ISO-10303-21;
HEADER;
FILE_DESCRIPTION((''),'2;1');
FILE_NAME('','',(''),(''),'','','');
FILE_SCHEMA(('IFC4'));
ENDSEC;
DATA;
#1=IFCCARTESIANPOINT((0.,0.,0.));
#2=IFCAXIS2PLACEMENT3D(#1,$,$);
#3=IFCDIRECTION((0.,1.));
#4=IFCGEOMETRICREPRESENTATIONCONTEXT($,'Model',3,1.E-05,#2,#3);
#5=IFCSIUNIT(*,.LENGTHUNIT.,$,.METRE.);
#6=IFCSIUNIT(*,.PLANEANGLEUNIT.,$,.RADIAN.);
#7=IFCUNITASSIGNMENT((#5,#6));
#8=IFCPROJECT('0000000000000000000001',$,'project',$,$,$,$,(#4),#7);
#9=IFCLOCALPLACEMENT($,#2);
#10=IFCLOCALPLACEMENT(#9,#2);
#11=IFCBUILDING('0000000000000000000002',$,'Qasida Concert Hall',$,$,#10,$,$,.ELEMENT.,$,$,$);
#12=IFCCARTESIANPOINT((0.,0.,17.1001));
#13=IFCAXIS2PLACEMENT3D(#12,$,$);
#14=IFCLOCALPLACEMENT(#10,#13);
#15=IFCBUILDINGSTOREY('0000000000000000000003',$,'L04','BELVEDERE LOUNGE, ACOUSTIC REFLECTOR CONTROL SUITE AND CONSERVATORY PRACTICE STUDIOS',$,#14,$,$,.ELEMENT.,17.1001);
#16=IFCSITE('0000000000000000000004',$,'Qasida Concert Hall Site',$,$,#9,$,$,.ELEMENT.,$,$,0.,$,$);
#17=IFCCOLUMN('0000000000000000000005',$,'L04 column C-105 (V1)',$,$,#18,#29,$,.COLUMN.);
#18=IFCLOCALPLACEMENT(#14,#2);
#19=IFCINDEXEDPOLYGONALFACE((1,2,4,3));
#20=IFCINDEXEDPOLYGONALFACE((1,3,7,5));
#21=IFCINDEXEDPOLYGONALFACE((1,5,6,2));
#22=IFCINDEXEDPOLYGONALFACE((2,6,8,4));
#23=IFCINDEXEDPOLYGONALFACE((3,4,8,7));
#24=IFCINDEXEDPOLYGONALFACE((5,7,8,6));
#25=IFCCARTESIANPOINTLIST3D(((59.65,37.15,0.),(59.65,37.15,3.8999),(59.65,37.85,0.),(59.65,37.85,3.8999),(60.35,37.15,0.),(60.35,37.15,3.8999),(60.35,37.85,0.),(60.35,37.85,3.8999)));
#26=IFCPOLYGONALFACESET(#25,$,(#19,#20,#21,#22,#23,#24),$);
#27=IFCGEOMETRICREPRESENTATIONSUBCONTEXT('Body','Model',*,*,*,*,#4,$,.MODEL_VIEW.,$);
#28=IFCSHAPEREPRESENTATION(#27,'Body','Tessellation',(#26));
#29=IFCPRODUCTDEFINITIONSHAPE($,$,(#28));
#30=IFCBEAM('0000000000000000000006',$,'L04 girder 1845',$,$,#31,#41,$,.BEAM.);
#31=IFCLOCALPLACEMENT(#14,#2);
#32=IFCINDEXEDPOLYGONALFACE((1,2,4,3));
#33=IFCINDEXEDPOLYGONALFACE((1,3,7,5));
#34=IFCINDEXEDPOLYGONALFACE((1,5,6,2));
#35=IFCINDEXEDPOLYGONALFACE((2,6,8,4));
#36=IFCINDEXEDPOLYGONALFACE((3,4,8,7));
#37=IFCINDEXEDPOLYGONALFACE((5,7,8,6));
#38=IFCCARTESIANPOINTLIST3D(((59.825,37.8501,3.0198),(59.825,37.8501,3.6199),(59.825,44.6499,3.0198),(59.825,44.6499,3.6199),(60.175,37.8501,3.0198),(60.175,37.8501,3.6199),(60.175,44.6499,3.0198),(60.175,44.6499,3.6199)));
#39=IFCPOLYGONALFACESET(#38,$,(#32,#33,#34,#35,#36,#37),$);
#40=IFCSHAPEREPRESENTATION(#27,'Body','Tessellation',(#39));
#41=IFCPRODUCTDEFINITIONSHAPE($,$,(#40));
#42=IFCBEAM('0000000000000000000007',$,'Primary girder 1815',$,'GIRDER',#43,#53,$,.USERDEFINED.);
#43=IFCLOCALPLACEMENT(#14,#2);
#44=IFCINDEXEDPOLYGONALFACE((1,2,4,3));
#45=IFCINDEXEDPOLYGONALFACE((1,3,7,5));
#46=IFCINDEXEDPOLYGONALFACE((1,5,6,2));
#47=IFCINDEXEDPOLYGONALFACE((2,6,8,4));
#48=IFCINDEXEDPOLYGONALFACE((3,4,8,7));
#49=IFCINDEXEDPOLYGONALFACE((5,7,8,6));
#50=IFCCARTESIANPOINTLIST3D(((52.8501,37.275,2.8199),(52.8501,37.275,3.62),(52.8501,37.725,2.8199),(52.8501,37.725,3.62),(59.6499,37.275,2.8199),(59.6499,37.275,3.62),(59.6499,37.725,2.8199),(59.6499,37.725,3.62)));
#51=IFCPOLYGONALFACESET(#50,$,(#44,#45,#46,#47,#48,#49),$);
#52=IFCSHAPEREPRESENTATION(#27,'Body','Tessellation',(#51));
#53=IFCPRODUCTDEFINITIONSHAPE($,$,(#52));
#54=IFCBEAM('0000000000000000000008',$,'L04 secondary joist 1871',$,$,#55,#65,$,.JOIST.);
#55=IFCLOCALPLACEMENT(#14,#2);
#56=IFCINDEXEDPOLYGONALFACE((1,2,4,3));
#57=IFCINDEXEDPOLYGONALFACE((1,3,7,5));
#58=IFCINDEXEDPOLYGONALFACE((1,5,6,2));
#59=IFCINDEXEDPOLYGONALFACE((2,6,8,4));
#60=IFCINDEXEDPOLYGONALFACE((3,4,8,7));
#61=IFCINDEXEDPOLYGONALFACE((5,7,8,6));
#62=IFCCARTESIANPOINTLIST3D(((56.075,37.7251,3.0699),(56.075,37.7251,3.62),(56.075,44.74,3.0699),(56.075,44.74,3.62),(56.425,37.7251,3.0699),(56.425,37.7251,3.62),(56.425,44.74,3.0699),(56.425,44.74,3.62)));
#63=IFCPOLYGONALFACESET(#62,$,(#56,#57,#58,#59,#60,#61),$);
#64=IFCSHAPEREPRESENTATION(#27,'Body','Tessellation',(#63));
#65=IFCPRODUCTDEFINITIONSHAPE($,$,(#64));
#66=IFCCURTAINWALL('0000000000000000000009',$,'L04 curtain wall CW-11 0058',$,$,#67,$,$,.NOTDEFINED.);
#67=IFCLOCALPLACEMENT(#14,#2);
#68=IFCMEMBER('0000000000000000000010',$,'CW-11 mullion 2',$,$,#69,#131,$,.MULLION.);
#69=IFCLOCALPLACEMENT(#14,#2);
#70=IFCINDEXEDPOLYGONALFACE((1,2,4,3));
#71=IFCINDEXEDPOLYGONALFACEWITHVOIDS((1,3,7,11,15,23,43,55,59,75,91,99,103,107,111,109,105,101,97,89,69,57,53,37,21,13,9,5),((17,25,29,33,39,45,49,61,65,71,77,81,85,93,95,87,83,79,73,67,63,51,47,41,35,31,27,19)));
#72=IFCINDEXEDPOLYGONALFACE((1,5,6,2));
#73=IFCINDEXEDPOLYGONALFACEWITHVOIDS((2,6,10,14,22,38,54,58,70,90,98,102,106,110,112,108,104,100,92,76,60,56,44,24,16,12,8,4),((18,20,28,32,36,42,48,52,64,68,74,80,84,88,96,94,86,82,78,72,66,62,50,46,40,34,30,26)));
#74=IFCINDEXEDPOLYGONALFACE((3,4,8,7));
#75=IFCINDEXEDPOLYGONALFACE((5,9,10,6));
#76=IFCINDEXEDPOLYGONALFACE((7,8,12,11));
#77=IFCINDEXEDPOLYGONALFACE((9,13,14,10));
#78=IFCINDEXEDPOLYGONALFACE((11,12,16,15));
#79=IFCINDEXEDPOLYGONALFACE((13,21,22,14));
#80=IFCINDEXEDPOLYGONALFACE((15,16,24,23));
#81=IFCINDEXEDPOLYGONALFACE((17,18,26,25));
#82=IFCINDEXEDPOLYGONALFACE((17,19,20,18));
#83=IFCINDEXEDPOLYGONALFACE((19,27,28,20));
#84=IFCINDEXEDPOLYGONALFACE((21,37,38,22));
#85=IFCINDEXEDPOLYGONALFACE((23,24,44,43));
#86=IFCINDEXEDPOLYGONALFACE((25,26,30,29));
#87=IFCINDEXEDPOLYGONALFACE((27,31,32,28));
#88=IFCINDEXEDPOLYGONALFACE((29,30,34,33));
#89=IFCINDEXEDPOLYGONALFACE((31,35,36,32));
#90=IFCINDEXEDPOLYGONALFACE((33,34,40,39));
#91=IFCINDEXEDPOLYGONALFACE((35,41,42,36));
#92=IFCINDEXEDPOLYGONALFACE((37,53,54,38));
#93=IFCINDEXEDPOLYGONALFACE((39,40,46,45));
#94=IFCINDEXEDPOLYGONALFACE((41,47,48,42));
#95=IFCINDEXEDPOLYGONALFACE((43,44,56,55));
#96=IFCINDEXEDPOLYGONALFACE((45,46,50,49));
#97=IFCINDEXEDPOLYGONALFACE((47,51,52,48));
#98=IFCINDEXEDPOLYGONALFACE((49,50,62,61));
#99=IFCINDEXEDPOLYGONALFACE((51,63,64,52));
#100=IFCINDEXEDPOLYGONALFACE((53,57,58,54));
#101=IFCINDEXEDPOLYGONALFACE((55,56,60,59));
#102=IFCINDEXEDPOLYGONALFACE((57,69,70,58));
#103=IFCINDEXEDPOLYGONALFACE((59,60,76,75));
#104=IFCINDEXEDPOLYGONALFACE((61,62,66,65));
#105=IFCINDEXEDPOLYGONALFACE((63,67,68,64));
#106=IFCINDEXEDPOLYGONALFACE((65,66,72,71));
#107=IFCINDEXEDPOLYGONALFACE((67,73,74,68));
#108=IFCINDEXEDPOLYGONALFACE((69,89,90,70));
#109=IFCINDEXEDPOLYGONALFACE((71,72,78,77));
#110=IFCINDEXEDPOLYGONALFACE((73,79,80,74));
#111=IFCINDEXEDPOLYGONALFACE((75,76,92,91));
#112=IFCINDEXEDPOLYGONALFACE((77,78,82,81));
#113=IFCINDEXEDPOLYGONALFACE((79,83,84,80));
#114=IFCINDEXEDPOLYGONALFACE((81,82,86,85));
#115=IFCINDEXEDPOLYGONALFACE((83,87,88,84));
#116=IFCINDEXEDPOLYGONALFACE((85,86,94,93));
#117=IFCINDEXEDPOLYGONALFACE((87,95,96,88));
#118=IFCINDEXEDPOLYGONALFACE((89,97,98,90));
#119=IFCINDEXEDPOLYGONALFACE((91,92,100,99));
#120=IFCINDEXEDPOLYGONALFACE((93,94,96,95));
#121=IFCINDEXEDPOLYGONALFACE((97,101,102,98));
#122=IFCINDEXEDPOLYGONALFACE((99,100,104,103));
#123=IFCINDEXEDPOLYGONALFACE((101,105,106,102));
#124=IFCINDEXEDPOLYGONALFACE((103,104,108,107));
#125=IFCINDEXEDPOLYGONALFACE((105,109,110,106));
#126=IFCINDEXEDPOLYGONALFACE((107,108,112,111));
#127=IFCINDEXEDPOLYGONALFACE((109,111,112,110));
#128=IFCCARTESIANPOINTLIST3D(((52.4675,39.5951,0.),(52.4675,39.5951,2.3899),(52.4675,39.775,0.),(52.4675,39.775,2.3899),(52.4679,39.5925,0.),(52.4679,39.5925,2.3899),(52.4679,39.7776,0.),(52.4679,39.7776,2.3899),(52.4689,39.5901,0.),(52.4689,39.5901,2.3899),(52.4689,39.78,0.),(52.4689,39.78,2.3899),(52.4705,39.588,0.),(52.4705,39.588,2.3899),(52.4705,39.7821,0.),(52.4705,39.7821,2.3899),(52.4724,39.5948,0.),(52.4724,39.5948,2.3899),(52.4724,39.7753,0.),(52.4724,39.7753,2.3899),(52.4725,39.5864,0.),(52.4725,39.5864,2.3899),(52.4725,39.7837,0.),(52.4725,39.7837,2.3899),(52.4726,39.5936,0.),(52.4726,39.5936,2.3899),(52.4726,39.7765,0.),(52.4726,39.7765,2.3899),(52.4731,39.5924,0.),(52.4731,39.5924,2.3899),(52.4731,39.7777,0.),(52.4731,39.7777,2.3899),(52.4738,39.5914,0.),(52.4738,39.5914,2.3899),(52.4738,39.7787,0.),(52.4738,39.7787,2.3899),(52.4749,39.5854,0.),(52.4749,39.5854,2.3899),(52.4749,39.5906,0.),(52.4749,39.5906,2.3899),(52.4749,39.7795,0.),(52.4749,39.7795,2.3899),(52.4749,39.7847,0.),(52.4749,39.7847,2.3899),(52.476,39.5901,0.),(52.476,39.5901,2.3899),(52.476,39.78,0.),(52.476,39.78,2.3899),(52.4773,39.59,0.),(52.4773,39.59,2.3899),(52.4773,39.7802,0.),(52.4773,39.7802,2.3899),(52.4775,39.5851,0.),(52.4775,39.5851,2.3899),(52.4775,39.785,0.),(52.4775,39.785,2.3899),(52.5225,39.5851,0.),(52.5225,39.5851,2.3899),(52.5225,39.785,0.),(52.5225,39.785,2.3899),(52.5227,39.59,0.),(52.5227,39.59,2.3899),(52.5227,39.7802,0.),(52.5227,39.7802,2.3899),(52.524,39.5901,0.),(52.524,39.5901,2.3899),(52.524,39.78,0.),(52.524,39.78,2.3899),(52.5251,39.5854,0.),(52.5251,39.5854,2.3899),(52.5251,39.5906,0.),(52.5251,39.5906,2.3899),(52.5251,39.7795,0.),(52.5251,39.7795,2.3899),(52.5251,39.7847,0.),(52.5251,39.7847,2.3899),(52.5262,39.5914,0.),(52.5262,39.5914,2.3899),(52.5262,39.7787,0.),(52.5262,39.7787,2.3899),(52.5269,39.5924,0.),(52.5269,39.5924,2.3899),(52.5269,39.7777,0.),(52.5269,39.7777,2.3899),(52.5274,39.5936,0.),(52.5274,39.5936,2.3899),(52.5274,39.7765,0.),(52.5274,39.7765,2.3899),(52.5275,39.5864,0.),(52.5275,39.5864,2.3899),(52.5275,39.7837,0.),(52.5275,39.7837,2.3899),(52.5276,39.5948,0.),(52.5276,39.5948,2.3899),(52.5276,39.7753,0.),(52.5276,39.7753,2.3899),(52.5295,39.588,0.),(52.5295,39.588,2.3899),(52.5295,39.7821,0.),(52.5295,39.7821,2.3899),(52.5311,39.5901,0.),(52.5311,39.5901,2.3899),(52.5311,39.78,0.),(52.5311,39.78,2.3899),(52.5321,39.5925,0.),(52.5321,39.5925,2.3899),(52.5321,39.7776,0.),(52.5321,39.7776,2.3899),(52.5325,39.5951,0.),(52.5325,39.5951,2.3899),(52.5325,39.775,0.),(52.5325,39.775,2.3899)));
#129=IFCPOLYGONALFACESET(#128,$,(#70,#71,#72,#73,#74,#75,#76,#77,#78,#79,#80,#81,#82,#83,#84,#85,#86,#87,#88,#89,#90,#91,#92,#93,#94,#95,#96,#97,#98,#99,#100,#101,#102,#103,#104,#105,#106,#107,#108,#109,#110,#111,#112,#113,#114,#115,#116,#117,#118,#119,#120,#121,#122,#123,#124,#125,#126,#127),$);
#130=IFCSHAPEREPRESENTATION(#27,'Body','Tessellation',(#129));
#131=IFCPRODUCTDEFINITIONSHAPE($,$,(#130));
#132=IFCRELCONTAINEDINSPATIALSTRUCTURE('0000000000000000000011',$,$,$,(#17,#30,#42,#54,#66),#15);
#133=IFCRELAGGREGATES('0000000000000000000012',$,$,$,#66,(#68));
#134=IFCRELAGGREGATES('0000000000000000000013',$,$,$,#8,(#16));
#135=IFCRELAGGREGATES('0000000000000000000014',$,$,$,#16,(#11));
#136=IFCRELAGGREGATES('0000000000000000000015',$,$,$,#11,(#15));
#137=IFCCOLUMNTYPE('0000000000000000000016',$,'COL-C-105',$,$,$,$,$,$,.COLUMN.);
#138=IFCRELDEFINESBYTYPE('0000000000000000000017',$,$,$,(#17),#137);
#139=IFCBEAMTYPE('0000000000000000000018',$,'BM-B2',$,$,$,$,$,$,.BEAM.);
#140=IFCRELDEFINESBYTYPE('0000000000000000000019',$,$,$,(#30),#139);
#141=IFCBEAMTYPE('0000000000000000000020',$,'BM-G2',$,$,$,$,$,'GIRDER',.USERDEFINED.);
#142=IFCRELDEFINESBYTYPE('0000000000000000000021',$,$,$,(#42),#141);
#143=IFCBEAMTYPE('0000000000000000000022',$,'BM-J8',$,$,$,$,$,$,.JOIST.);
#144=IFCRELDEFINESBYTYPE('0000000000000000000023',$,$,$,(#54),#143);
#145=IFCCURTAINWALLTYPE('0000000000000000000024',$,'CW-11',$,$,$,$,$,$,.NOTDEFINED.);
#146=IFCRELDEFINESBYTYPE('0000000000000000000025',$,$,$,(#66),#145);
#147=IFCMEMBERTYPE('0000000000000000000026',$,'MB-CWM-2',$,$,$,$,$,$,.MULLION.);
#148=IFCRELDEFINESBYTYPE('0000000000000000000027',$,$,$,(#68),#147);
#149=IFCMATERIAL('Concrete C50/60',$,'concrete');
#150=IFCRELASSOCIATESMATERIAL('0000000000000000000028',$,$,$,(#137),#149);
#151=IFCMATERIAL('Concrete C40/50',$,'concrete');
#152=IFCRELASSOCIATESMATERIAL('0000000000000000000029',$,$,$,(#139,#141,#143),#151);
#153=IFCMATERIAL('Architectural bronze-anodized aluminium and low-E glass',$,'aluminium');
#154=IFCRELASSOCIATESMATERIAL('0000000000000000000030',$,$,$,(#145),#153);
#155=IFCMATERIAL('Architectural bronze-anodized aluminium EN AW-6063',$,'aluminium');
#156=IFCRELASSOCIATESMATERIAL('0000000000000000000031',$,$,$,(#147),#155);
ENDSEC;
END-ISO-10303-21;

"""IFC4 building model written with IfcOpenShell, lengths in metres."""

from ifc_helpers import new_model, si_unit, direction, frame, origin, origin_2d, place, context, subcontext, project, spatial, rectangle, hollow_rectangle, extrude, material, material_profile, profile_set, type_object, element, aggregate, save


model = new_model("IFC4")

# Units and contexts
model_context = context("Model", 3, precision=1e-05, world=origin(), true_north=direction((0.0, 1.0)))
body_context = subcontext(model_context, "Body", "Model", "MODEL_VIEW")
ifc_project = project(units=[si_unit("LENGTHUNIT", "METRE"), si_unit("PLANEANGLEUNIT", "RADIAN")], contexts=[model_context])

# Site, building, storey
site_placement = place(None, origin())
site = spatial("IfcSite", under=ifc_project, at=site_placement, Name="Qasida Concert Hall Site", CompositionType="ELEMENT", RefElevation=0.0)
building_placement = place(site_placement, origin())
building = spatial("IfcBuilding", under=site, at=building_placement, Name="Qasida Concert Hall", CompositionType="ELEMENT")
storey_placement = place(building_placement, frame((0.0, 0.0, 17.1001)))
storey = spatial("IfcBuildingStorey", under=building, at=storey_placement, Name="L04", Description="BELVEDERE LOUNGE, ACOUSTIC REFLECTOR CONTROL SUITE AND CONSERVATORY PRACTICE STUDIOS", CompositionType="ELEMENT", Elevation=17.1001)

# Column
ifc_material_1 = material(Name="Concrete C50/60", Category="concrete")
ifc_material_profile_1 = material_profile(ifc_material_1, rectangle(XDim=0.7, YDim=0.7, at=origin_2d()), Name="RC 700x700")
ifc_profile_set_1 = profile_set([ifc_material_profile_1], Name="Concrete C50/60")
column_type = type_object("IfcColumnType", Name="COL-C-105", PredefinedType="COLUMN", material=ifc_profile_set_1)
column_placement = place(storey_placement, frame((60.0, 37.5, 0.0), z_axis=(0.0, 0.0, 1.0), x_axis=(1.0, 0.0, 0.0)))
element("IfcColumn", 1, at=column_placement, inside=storey, type_object=column_type, Name="L04 column C-105 (V1)", PredefinedType="COLUMN", context=body_context, shape_type="SweptSolid", body=[
    extrude(rectangle(XDim=0.7, YDim=0.7, at=origin_2d()), origin(), (0.0, 0.0, 1.0), 3.8999),
])

# Beams
ifc_material_2 = material(Name="Concrete C40/50", Category="concrete")
ifc_material_profile_2 = material_profile(ifc_material_2, rectangle(XDim=0.3501, YDim=0.6001, at=origin_2d()), Name="RC 350x600")
ifc_profile_set_2 = profile_set([ifc_material_profile_2], Name="Concrete C40/50")
beam_type_1 = type_object("IfcBeamType", Name="BM-B2", PredefinedType="BEAM", material=ifc_profile_set_2)
beam_1_placement = place(storey_placement, frame((60.0, 37.8501, 3.3198), z_axis=(0.0, 1.0, 0.0), x_axis=(-1.0, 0.0, 0.0)))
element("IfcBeam", 2, at=beam_1_placement, inside=storey, type_object=beam_type_1, Name="L04 girder 1845", PredefinedType="BEAM", context=body_context, shape_type="SweptSolid", body=[
    extrude(rectangle(XDim=0.3501, YDim=0.6001, at=origin_2d()), origin(), (0.0, 0.0, 1.0), 6.7998),
])
ifc_material_profile_3 = material_profile(ifc_material_2, rectangle(XDim=0.45, YDim=0.8, at=origin_2d()), Name="RC 450x800")
ifc_profile_set_3 = profile_set([ifc_material_profile_3], Name="Concrete C40/50")
beam_type_2 = type_object("IfcBeamType", Name="BM-G2", ElementType="GIRDER", PredefinedType="USERDEFINED", material=ifc_profile_set_3)
beam_2_placement = place(storey_placement, frame((52.8501, 37.5, 3.22), z_axis=(1.0, 0.0, 0.0), x_axis=(0.0, 1.0, 0.0)))
element("IfcBeam", 3, at=beam_2_placement, inside=storey, type_object=beam_type_2, Name="Primary girder 1815", ObjectType="GIRDER", PredefinedType="USERDEFINED", context=body_context, shape_type="SweptSolid", body=[
    extrude(rectangle(XDim=0.45, YDim=0.8, at=origin_2d()), origin(), (0.0, 0.0, 1.0), 6.7998),
])
ifc_material_profile_4 = material_profile(ifc_material_2, rectangle(XDim=0.3501, YDim=0.55, at=origin_2d()), Name="RC 350x550")
ifc_profile_set_4 = profile_set([ifc_material_profile_4], Name="Concrete C40/50")
beam_type_3 = type_object("IfcBeamType", Name="BM-J8", PredefinedType="JOIST", material=ifc_profile_set_4)
beam_3_placement = place(storey_placement, frame((56.25, 37.7251, 3.345), z_axis=(0.0, 1.0, 0.0), x_axis=(-1.0, 0.0, 0.0)))
element("IfcBeam", 4, at=beam_3_placement, inside=storey, type_object=beam_type_3, Name="L04 secondary joist 1871", PredefinedType="JOIST", context=body_context, shape_type="SweptSolid", body=[
    extrude(rectangle(XDim=0.3501, YDim=0.55, at=origin_2d()), origin(), (0.0, 0.0, 1.0), 7.0149),
])

# Curtain wall, member
ifc_material_3 = material(Name="Architectural bronze-anodized aluminium and low-E glass", Category="aluminium")
curtain_wall_type = type_object("IfcCurtainWallType", Name="CW-11", PredefinedType="NOTDEFINED", material=ifc_material_3)
curtain_wall_placement = place(storey_placement, origin())
curtain_wall = element("IfcCurtainWall", 5, at=curtain_wall_placement, inside=storey, type_object=curtain_wall_type, Name="L04 curtain wall CW-11 0058", PredefinedType="NOTDEFINED")
ifc_material_4 = material(Name="Architectural bronze-anodized aluminium EN AW-6063", Category="aluminium")
ifc_material_profile_5 = material_profile(ifc_material_4, hollow_rectangle(XDim=0.0649, YDim=0.2, WallThickness=0.0049, InnerFilletRadius=0.0049, OuterFilletRadius=0.01, at=origin_2d()), Name="CWM 200x65x5")
ifc_profile_set_5 = profile_set([ifc_material_profile_5], Name="Architectural bronze-anodized aluminium EN AW-6063")
member_type_1 = type_object("IfcMemberType", Name="MB-CWM-2", PredefinedType="MULLION", material=ifc_profile_set_5)
member_1_placement = place(storey_placement, frame((52.5, 39.6851, 0.0), z_axis=(0.0, 0.0, 1.0), x_axis=(-1.0, 0.0, 0.0)))
member_1 = element("IfcMember", 6, at=member_1_placement, type_object=member_type_1, Name="CW-11 mullion 2", PredefinedType="MULLION", context=body_context, shape_type="SweptSolid", body=[
    extrude(hollow_rectangle(XDim=0.0649, YDim=0.2, WallThickness=0.0049, InnerFilletRadius=0.0049, OuterFilletRadius=0.01, at=origin_2d()), origin(), (0.0, 0.0, 1.0), 2.3899),
])
aggregate(curtain_wall, [member_1])

save(model, "model.ifc")
